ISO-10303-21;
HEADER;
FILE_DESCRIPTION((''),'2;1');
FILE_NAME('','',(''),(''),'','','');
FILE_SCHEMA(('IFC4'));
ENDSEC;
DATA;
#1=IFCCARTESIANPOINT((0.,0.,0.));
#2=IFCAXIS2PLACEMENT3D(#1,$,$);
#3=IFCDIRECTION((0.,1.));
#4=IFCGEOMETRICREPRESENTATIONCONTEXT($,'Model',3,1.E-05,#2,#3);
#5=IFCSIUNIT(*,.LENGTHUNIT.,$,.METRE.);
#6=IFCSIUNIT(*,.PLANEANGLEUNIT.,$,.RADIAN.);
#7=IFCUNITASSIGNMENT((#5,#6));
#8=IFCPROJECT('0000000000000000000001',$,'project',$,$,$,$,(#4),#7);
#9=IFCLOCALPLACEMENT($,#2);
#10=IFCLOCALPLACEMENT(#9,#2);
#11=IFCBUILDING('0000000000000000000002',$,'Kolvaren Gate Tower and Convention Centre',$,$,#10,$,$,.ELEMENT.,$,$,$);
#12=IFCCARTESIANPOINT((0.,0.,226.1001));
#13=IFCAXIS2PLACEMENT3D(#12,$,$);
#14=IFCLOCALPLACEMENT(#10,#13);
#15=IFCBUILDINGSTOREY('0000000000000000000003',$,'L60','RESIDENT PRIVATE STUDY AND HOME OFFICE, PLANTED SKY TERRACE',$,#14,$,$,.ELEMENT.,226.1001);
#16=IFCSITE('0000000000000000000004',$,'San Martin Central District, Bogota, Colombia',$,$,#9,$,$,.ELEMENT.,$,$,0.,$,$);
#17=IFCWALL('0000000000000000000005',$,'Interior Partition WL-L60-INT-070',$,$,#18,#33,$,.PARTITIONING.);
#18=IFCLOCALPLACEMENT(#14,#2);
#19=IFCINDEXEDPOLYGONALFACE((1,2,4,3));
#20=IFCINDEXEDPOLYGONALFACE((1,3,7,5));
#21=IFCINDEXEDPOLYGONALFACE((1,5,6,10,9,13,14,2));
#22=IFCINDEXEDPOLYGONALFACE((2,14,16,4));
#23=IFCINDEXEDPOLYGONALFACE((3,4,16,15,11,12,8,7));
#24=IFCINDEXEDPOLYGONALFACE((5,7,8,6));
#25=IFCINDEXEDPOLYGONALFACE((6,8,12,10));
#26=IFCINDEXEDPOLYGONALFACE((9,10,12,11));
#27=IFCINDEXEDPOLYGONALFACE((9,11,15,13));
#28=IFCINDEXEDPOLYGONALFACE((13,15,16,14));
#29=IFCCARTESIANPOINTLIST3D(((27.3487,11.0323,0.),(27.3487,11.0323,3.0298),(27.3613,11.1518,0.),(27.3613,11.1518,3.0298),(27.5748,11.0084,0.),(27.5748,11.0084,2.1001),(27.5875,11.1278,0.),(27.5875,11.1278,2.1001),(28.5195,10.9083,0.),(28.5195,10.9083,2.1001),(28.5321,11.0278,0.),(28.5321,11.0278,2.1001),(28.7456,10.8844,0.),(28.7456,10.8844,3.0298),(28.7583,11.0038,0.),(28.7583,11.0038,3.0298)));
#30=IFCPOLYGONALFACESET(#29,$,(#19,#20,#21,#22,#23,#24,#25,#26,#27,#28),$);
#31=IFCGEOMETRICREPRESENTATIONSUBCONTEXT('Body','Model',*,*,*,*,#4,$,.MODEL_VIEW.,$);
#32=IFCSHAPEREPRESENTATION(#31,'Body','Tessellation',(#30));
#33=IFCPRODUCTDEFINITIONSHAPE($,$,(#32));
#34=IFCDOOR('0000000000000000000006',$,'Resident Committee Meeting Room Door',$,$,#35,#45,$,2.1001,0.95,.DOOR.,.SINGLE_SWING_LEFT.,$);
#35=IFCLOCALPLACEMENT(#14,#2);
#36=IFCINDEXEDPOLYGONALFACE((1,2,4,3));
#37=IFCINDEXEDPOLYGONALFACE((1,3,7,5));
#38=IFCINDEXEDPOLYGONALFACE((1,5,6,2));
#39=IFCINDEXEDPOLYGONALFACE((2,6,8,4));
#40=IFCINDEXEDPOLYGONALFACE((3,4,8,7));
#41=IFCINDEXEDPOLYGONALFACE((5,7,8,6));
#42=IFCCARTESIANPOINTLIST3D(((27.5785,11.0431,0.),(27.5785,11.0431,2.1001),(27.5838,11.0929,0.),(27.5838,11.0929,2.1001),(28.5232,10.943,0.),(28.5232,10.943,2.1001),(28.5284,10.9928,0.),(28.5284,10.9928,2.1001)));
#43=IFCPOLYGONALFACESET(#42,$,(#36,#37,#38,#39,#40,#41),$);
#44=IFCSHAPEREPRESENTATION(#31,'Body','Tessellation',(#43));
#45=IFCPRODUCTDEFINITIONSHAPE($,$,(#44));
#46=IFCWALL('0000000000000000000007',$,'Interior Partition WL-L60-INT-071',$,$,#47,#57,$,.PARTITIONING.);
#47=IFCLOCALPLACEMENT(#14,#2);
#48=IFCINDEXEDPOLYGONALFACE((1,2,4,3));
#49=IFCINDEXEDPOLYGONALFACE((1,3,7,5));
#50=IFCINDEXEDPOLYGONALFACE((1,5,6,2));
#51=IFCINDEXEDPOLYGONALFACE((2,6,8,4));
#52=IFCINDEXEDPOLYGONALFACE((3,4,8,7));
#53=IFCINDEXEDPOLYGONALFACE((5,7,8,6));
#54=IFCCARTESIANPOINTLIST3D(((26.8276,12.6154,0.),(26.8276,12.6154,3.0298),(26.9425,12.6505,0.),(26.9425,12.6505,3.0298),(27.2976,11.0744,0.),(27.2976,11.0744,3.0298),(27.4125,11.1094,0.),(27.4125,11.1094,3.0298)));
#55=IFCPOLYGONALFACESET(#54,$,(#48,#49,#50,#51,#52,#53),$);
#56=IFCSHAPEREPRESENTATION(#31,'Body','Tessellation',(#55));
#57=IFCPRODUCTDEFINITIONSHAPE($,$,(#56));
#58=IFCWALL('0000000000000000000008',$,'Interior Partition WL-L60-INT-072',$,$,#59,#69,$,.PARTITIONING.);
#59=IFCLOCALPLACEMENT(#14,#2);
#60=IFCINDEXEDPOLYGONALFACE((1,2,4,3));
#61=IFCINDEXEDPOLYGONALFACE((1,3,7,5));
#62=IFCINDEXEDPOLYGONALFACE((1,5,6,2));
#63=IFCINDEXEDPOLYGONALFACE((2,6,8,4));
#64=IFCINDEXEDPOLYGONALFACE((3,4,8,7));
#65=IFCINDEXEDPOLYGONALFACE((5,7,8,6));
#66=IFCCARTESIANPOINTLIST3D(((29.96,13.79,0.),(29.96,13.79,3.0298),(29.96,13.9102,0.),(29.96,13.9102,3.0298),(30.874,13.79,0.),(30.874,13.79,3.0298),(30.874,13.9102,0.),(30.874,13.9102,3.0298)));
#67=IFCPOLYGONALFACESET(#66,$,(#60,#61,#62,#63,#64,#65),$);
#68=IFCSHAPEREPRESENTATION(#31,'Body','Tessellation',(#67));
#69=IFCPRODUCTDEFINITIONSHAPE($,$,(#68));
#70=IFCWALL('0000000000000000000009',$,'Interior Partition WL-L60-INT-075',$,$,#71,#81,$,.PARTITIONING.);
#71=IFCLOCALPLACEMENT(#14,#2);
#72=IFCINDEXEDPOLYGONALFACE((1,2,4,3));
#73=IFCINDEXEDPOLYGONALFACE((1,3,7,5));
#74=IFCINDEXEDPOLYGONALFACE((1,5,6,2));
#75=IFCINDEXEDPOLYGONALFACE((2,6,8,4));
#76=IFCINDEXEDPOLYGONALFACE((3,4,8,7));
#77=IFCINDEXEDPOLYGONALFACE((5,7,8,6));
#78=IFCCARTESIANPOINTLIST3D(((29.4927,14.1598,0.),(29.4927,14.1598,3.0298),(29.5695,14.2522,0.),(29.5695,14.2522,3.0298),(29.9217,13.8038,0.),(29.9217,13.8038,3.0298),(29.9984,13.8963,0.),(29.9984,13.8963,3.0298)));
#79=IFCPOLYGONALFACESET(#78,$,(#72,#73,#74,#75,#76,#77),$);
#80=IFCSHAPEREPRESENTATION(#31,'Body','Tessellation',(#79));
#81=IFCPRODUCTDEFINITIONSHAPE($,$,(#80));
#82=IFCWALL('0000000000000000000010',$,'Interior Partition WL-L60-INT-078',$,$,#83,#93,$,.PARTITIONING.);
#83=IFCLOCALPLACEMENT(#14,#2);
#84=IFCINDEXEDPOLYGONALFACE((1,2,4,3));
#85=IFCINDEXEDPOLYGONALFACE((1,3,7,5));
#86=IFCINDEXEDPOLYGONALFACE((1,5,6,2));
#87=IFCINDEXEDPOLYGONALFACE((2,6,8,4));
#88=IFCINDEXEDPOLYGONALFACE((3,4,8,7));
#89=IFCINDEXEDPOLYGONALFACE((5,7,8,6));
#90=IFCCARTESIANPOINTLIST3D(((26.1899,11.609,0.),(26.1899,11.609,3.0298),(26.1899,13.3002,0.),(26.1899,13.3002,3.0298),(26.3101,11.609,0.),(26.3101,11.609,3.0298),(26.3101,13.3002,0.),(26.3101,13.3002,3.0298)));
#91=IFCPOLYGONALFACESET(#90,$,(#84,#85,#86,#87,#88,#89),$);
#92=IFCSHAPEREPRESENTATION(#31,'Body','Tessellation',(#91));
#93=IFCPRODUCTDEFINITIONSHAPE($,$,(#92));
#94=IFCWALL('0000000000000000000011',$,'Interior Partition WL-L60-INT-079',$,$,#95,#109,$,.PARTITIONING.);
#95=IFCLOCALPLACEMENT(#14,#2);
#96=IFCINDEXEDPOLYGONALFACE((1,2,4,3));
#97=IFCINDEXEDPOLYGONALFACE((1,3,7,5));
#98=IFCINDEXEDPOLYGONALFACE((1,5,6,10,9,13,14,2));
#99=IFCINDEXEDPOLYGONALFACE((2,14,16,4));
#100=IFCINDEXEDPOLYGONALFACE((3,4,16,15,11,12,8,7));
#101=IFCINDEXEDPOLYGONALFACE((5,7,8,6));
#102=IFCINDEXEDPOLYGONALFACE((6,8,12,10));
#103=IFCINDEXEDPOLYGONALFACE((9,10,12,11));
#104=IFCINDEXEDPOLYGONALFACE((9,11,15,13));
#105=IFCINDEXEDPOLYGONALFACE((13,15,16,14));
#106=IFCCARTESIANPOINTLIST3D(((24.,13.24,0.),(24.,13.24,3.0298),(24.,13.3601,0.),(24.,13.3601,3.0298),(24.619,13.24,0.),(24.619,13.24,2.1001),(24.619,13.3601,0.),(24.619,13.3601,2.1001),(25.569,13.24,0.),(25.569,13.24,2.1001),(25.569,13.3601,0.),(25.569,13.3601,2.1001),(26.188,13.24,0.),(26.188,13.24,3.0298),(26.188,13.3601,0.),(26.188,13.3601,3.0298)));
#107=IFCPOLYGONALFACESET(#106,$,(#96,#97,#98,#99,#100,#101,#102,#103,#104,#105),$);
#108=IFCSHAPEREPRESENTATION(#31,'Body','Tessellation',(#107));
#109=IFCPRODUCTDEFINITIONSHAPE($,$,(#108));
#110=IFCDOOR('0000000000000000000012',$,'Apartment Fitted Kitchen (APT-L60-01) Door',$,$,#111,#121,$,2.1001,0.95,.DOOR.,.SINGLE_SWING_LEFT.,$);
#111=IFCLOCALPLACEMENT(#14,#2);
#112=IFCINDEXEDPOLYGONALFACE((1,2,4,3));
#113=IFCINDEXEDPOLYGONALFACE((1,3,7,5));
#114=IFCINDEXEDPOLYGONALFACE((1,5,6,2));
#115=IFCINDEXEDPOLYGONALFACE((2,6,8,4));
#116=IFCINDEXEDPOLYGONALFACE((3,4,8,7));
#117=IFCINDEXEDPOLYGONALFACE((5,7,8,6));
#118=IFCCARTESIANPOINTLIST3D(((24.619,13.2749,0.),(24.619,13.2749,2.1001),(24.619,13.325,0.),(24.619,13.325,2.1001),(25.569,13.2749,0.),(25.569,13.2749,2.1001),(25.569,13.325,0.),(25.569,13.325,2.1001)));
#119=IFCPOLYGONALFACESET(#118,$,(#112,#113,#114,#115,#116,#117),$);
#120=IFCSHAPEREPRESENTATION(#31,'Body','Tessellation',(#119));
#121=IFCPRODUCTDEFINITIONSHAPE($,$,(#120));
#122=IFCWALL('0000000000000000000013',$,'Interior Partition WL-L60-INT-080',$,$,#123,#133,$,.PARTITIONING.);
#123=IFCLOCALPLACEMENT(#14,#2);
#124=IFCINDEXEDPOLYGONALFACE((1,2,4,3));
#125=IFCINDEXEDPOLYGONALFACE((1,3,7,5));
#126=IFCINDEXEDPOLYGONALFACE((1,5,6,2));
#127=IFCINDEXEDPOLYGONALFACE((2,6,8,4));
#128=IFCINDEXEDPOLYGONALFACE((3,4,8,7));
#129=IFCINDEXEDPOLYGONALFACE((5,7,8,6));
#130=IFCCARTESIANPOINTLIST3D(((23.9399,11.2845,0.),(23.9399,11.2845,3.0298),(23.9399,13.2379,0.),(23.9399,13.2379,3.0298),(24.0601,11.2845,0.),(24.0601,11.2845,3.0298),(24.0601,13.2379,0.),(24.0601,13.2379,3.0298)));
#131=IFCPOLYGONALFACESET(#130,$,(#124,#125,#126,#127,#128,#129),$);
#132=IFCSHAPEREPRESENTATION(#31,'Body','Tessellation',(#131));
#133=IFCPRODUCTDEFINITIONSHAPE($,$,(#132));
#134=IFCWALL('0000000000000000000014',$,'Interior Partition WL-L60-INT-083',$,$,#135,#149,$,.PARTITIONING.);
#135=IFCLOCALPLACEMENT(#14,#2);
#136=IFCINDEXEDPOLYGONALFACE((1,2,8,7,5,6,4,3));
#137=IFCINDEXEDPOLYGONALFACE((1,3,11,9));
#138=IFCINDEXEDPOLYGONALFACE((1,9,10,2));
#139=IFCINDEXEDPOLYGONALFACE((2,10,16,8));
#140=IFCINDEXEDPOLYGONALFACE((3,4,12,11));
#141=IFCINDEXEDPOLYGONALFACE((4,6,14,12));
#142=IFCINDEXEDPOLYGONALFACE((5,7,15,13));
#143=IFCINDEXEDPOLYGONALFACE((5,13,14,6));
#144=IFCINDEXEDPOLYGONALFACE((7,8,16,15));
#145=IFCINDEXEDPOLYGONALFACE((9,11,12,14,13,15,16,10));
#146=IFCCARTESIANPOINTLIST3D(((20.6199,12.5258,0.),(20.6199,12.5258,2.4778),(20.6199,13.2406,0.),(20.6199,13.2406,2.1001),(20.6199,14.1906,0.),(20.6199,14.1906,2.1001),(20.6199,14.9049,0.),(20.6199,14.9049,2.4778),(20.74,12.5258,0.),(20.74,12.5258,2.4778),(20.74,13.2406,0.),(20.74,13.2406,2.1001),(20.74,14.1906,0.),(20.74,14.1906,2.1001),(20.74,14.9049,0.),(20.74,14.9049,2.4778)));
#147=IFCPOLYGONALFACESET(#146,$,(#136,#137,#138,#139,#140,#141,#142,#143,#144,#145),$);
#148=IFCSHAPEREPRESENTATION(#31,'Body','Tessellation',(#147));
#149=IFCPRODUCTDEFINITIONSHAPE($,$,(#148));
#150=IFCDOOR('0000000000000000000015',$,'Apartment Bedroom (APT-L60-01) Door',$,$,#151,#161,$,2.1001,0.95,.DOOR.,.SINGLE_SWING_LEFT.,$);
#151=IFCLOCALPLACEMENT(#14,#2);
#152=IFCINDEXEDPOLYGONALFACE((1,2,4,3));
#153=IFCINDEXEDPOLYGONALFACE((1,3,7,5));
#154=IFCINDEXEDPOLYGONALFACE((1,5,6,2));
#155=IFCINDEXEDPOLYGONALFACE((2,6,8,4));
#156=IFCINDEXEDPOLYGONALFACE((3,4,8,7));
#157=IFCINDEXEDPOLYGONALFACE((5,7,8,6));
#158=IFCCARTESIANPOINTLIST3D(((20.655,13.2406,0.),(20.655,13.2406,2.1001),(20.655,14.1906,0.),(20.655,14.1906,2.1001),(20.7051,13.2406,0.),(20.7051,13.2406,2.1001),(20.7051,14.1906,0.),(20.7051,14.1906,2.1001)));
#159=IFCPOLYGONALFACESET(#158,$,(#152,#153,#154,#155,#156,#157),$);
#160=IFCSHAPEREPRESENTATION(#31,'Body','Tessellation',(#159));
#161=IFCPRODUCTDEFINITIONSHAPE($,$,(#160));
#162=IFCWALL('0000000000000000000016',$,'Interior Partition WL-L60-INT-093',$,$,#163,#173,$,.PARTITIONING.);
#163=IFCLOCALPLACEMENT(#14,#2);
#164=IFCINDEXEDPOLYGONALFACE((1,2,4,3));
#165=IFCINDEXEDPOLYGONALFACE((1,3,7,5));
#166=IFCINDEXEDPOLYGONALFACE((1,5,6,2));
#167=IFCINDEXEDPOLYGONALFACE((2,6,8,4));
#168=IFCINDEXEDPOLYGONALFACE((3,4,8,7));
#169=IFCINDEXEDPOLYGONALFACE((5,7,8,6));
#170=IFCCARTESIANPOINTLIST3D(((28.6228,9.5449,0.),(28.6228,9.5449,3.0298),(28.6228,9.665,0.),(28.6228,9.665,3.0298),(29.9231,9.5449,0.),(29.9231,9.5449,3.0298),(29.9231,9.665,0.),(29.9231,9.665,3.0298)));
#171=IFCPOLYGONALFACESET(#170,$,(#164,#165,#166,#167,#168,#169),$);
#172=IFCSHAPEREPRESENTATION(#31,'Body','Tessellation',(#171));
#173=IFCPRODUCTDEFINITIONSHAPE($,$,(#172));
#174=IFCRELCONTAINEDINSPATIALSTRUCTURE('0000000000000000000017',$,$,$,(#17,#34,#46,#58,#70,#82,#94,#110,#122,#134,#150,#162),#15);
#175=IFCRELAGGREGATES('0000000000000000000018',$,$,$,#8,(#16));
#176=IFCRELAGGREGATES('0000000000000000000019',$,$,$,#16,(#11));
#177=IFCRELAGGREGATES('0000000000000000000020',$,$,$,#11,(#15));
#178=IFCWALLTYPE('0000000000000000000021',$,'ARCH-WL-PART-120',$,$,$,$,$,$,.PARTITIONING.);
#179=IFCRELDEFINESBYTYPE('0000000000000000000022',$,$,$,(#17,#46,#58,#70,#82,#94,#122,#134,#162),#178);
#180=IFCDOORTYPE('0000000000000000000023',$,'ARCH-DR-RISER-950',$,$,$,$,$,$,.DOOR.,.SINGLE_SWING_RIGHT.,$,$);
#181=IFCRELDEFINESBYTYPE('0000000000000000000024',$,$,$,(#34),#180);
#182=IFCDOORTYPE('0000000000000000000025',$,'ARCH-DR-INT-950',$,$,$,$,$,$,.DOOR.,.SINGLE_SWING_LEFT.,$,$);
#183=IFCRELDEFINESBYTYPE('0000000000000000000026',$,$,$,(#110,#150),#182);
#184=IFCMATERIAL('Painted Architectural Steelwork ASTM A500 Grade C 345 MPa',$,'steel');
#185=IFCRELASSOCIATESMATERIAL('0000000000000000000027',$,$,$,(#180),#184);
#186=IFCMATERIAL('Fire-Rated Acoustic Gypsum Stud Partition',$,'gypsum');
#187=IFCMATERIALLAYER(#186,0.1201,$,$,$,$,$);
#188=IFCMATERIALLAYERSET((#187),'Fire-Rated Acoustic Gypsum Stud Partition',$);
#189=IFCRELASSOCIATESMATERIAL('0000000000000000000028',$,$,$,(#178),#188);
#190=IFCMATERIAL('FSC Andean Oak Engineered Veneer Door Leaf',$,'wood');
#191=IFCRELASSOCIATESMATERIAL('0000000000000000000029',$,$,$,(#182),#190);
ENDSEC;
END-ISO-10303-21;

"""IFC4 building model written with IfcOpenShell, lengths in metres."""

from ifc_helpers import new_model, si_unit, direction, frame, frame_2d, origin, place, context, subcontext, project, spatial, rectangle, extrude, material, layer, layer_set, type_object, element, fill, save


model = new_model("IFC4")

# Units and contexts
model_context = context("Model", 3, precision=1e-05, world=origin(), true_north=direction((0.0, 1.0)))
body_context = subcontext(model_context, "Body", "Model", "MODEL_VIEW")
ifc_project = project(units=[si_unit("LENGTHUNIT", "METRE"), si_unit("PLANEANGLEUNIT", "RADIAN")], contexts=[model_context])

# Site, building, storey
site_placement = place(None, origin())
site = spatial("IfcSite", under=ifc_project, at=site_placement, Name="San Martin Central District, Bogota, Colombia", CompositionType="ELEMENT", RefElevation=0.0)
building_placement = place(site_placement, origin())
building = spatial("IfcBuilding", under=site, at=building_placement, Name="Kolvaren Gate Tower and Convention Centre", CompositionType="ELEMENT")
storey_placement = place(building_placement, frame((0.0, 0.0, 226.1001)))
storey = spatial("IfcBuildingStorey", under=building, at=storey_placement, Name="L60", Description="RESIDENT PRIVATE STUDY AND HOME OFFICE, PLANTED SKY TERRACE", CompositionType="ELEMENT", Elevation=226.1001)

# Shared definitions
ifc_material_1 = material(Name="Painted Architectural Steelwork ASTM A500 Grade C 345 MPa", Category="steel")
door_type_1 = type_object("IfcDoorType", Name="ARCH-DR-RISER-950", OperationType="SINGLE_SWING_RIGHT", PredefinedType="DOOR", material=ifc_material_1)

# Shared definitions
ifc_material_2 = material(Name="Fire-Rated Acoustic Gypsum Stud Partition", Category="gypsum")
ifc_layer_1 = layer(ifc_material_2, 0.1201)
ifc_layer_set_1 = layer_set([ifc_layer_1], Name="Fire-Rated Acoustic Gypsum Stud Partition")
wall_type_1 = type_object("IfcWallType", Name="ARCH-WL-PART-120", PredefinedType="PARTITIONING", material=ifc_layer_set_1)

# Wall, opening, door
wall_1_placement = place(storey_placement, frame((27.355, 11.092, 0.0), z_axis=(0.0, 0.0, 1.0), x_axis=(0.994439, -0.105318, 0.0)))
wall_1 = element("IfcWall", 1, at=wall_1_placement, inside=storey, type_object=wall_type_1, Name="Interior Partition WL-L60-INT-070", PredefinedType="PARTITIONING", context=body_context, shape_type="SweptSolid", body=[
    extrude(rectangle(XDim=1.4048, YDim=0.1201, at=frame_2d((0.7024, 0.0))), origin(), (0.0, 0.0, 1.0), 3.0298),
])
opening_1_placement = place(wall_1_placement, frame((0.2273, 0.0, 0.0)))
opening_1 = element("IfcOpeningElement", 2, at=opening_1_placement, cuts=wall_1, PredefinedType="OPENING", context=body_context, shape_type="SweptSolid", body=[
    extrude(rectangle(XDim=0.95, YDim=2.1001, at=frame_2d((0.4751, 1.05))), frame((0.0, 0.0701, 0.0), z_axis=(0.0, -1.0, 0.0), x_axis=(1.0, 0.0, 0.0)), (0.0, 0.0, 1.0), 0.1401),
])
door_1_placement = place(opening_1_placement, origin())
door_1 = element("IfcDoor", 3, at=door_1_placement, inside=storey, type_object=door_type_1, Name="Resident Committee Meeting Room Door", OperationType="SINGLE_SWING_LEFT", OverallHeight=2.1001, OverallWidth=0.95, PredefinedType="DOOR", context=body_context, shape_type="SweptSolid", body=[
    extrude(rectangle(XDim=0.95, YDim=2.1001, at=frame_2d((0.4751, 1.05))), frame((0.0, 0.0249, 0.0), z_axis=(0.0, -1.0, 0.0), x_axis=(1.0, 0.0, 0.0)), (0.0, 0.0, 1.0), 0.05),
])
fill(opening_1, door_1)

# Walls
wall_2_placement = place(storey_placement, frame((26.885, 12.6331, 0.0), z_axis=(0.0, 0.0, 1.0), x_axis=(0.29171, -0.956507, 0.0)))
element("IfcWall", 4, at=wall_2_placement, inside=storey, type_object=wall_type_1, Name="Interior Partition WL-L60-INT-071", PredefinedType="PARTITIONING", context=body_context, shape_type="SweptSolid", body=[
    extrude(rectangle(XDim=1.6111, YDim=0.1201, at=frame_2d((0.8057, 0.0))), origin(), (0.0, 0.0, 1.0), 3.0298),
])
wall_3_placement = place(storey_placement, frame((29.96, 13.8501, 0.0), z_axis=(0.0, 0.0, 1.0), x_axis=(1.0, 0.0, 0.0)))
element("IfcWall", 5, at=wall_3_placement, inside=storey, type_object=wall_type_1, Name="Interior Partition WL-L60-INT-072", PredefinedType="PARTITIONING", context=body_context, shape_type="SweptSolid", body=[
    extrude(rectangle(XDim=0.9141, YDim=0.1201, at=frame_2d((0.457, 0.0))), origin(), (0.0, 0.0, 1.0), 3.0298),
])
wall_4_placement = place(storey_placement, frame((29.531, 14.2061, 0.0), z_axis=(0.0, 0.0, 1.0), x_axis=(0.769548, -0.638589, 0.0)))
element("IfcWall", 6, at=wall_4_placement, inside=storey, type_object=wall_type_1, Name="Interior Partition WL-L60-INT-075", PredefinedType="PARTITIONING", context=body_context, shape_type="SweptSolid", body=[
    extrude(rectangle(XDim=0.5574, YDim=0.1201, at=frame_2d((0.2788, 0.0))), origin(), (0.0, 0.0, 1.0), 3.0298),
])
wall_5_placement = place(storey_placement, frame((26.25, 11.6089, 0.0), z_axis=(0.0, 0.0, 1.0), x_axis=(0.0, 1.0, 0.0)))
element("IfcWall", 7, at=wall_5_placement, inside=storey, type_object=wall_type_1, Name="Interior Partition WL-L60-INT-078", PredefinedType="PARTITIONING", context=body_context, shape_type="SweptSolid", body=[
    extrude(rectangle(XDim=1.6912, YDim=0.1201, at=frame_2d((0.8457, 0.0))), origin(), (0.0, 0.0, 1.0), 3.0298),
])

# Wall, opening, door
wall_6_placement = place(storey_placement, frame((24.0, 13.3, 0.0), z_axis=(0.0, 0.0, 1.0), x_axis=(1.0, 0.0, 0.0)))
wall_6 = element("IfcWall", 8, at=wall_6_placement, inside=storey, type_object=wall_type_1, Name="Interior Partition WL-L60-INT-079", PredefinedType="PARTITIONING", context=body_context, shape_type="SweptSolid", body=[
    extrude(rectangle(XDim=2.188, YDim=0.1201, at=frame_2d((1.094, 0.0))), origin(), (0.0, 0.0, 1.0), 3.0298),
])
opening_2_placement = place(wall_6_placement, frame((0.6189, 0.0, 0.0)))
opening_2 = element("IfcOpeningElement", 9, at=opening_2_placement, cuts=wall_6, PredefinedType="OPENING", context=body_context, shape_type="SweptSolid", body=[
    extrude(rectangle(XDim=0.95, YDim=2.1001, at=frame_2d((0.4751, 1.05))), frame((0.0, 0.0701, 0.0), z_axis=(0.0, -1.0, 0.0), x_axis=(1.0, 0.0, 0.0)), (0.0, 0.0, 1.0), 0.1401),
])
ifc_material_3 = material(Name="FSC Andean Oak Engineered Veneer Door Leaf", Category="wood")
door_type_2 = type_object("IfcDoorType", Name="ARCH-DR-INT-950", OperationType="SINGLE_SWING_LEFT", PredefinedType="DOOR", material=ifc_material_3)
door_2_placement = place(opening_2_placement, origin())
door_2 = element("IfcDoor", 10, at=door_2_placement, inside=storey, type_object=door_type_2, Name="Apartment Fitted Kitchen (APT-L60-01) Door", OperationType="SINGLE_SWING_LEFT", OverallHeight=2.1001, OverallWidth=0.95, PredefinedType="DOOR", context=body_context, shape_type="SweptSolid", body=[
    extrude(rectangle(XDim=0.95, YDim=2.1001, at=frame_2d((0.4751, 1.05))), frame((0.0, 0.0249, 0.0), z_axis=(0.0, -1.0, 0.0), x_axis=(1.0, 0.0, 0.0)), (0.0, 0.0, 1.0), 0.05),
])
fill(opening_2, door_2)

# Wall
wall_7_placement = place(storey_placement, frame((24.0, 11.2847, 0.0), z_axis=(0.0, 0.0, 1.0), x_axis=(0.0, 1.0, 0.0)))
element("IfcWall", 11, at=wall_7_placement, inside=storey, type_object=wall_type_1, Name="Interior Partition WL-L60-INT-080", PredefinedType="PARTITIONING", context=body_context, shape_type="SweptSolid", body=[
    extrude(rectangle(XDim=1.9534, YDim=0.1201, at=frame_2d((0.9766, 0.0))), origin(), (0.0, 0.0, 1.0), 3.0298),
])

# Wall, opening, door
wall_8_placement = place(storey_placement, frame((20.6799, 12.5259, 0.0), z_axis=(0.0, 0.0, 1.0), x_axis=(0.0, 1.0, 0.0)))
wall_8 = element("IfcWall", 12, at=wall_8_placement, inside=storey, type_object=wall_type_1, Name="Interior Partition WL-L60-INT-083", PredefinedType="PARTITIONING", context=body_context, shape_type="SweptSolid", body=[
    extrude(rectangle(XDim=2.3792, YDim=0.1201, at=frame_2d((1.1895, 0.0))), origin(), (0.0, 0.0, 1.0), 2.4778),
])
opening_3_placement = place(wall_8_placement, frame((0.7146, 0.0, 0.0)))
opening_3 = element("IfcOpeningElement", 13, at=opening_3_placement, cuts=wall_8, PredefinedType="OPENING", context=body_context, shape_type="SweptSolid", body=[
    extrude(rectangle(XDim=0.95, YDim=2.1001, at=frame_2d((0.4751, 1.05))), frame((0.0, 0.0701, 0.0), z_axis=(0.0, -1.0, 0.0), x_axis=(1.0, 0.0, 0.0)), (0.0, 0.0, 1.0), 0.1401),
])
door_3_placement = place(opening_3_placement, origin())
door_3 = element("IfcDoor", 14, at=door_3_placement, inside=storey, type_object=door_type_2, Name="Apartment Bedroom (APT-L60-01) Door", OperationType="SINGLE_SWING_LEFT", OverallHeight=2.1001, OverallWidth=0.95, PredefinedType="DOOR", context=body_context, shape_type="SweptSolid", body=[
    extrude(rectangle(XDim=0.95, YDim=2.1001, at=frame_2d((0.4751, 1.05))), frame((0.0, 0.0249, 0.0), z_axis=(0.0, -1.0, 0.0), x_axis=(1.0, 0.0, 0.0)), (0.0, 0.0, 1.0), 0.05),
])
fill(opening_3, door_3)

# Wall
wall_9_placement = place(storey_placement, frame((28.6228, 9.605, 0.0), z_axis=(0.0, 0.0, 1.0), x_axis=(1.0, 0.0, 0.0)))
element("IfcWall", 15, at=wall_9_placement, inside=storey, type_object=wall_type_1, Name="Interior Partition WL-L60-INT-093", PredefinedType="PARTITIONING", context=body_context, shape_type="SweptSolid", body=[
    extrude(rectangle(XDim=1.3003, YDim=0.1201, at=frame_2d((0.6501, 0.0))), origin(), (0.0, 0.0, 1.0), 3.0298),
])

save(model, "model.ifc")
